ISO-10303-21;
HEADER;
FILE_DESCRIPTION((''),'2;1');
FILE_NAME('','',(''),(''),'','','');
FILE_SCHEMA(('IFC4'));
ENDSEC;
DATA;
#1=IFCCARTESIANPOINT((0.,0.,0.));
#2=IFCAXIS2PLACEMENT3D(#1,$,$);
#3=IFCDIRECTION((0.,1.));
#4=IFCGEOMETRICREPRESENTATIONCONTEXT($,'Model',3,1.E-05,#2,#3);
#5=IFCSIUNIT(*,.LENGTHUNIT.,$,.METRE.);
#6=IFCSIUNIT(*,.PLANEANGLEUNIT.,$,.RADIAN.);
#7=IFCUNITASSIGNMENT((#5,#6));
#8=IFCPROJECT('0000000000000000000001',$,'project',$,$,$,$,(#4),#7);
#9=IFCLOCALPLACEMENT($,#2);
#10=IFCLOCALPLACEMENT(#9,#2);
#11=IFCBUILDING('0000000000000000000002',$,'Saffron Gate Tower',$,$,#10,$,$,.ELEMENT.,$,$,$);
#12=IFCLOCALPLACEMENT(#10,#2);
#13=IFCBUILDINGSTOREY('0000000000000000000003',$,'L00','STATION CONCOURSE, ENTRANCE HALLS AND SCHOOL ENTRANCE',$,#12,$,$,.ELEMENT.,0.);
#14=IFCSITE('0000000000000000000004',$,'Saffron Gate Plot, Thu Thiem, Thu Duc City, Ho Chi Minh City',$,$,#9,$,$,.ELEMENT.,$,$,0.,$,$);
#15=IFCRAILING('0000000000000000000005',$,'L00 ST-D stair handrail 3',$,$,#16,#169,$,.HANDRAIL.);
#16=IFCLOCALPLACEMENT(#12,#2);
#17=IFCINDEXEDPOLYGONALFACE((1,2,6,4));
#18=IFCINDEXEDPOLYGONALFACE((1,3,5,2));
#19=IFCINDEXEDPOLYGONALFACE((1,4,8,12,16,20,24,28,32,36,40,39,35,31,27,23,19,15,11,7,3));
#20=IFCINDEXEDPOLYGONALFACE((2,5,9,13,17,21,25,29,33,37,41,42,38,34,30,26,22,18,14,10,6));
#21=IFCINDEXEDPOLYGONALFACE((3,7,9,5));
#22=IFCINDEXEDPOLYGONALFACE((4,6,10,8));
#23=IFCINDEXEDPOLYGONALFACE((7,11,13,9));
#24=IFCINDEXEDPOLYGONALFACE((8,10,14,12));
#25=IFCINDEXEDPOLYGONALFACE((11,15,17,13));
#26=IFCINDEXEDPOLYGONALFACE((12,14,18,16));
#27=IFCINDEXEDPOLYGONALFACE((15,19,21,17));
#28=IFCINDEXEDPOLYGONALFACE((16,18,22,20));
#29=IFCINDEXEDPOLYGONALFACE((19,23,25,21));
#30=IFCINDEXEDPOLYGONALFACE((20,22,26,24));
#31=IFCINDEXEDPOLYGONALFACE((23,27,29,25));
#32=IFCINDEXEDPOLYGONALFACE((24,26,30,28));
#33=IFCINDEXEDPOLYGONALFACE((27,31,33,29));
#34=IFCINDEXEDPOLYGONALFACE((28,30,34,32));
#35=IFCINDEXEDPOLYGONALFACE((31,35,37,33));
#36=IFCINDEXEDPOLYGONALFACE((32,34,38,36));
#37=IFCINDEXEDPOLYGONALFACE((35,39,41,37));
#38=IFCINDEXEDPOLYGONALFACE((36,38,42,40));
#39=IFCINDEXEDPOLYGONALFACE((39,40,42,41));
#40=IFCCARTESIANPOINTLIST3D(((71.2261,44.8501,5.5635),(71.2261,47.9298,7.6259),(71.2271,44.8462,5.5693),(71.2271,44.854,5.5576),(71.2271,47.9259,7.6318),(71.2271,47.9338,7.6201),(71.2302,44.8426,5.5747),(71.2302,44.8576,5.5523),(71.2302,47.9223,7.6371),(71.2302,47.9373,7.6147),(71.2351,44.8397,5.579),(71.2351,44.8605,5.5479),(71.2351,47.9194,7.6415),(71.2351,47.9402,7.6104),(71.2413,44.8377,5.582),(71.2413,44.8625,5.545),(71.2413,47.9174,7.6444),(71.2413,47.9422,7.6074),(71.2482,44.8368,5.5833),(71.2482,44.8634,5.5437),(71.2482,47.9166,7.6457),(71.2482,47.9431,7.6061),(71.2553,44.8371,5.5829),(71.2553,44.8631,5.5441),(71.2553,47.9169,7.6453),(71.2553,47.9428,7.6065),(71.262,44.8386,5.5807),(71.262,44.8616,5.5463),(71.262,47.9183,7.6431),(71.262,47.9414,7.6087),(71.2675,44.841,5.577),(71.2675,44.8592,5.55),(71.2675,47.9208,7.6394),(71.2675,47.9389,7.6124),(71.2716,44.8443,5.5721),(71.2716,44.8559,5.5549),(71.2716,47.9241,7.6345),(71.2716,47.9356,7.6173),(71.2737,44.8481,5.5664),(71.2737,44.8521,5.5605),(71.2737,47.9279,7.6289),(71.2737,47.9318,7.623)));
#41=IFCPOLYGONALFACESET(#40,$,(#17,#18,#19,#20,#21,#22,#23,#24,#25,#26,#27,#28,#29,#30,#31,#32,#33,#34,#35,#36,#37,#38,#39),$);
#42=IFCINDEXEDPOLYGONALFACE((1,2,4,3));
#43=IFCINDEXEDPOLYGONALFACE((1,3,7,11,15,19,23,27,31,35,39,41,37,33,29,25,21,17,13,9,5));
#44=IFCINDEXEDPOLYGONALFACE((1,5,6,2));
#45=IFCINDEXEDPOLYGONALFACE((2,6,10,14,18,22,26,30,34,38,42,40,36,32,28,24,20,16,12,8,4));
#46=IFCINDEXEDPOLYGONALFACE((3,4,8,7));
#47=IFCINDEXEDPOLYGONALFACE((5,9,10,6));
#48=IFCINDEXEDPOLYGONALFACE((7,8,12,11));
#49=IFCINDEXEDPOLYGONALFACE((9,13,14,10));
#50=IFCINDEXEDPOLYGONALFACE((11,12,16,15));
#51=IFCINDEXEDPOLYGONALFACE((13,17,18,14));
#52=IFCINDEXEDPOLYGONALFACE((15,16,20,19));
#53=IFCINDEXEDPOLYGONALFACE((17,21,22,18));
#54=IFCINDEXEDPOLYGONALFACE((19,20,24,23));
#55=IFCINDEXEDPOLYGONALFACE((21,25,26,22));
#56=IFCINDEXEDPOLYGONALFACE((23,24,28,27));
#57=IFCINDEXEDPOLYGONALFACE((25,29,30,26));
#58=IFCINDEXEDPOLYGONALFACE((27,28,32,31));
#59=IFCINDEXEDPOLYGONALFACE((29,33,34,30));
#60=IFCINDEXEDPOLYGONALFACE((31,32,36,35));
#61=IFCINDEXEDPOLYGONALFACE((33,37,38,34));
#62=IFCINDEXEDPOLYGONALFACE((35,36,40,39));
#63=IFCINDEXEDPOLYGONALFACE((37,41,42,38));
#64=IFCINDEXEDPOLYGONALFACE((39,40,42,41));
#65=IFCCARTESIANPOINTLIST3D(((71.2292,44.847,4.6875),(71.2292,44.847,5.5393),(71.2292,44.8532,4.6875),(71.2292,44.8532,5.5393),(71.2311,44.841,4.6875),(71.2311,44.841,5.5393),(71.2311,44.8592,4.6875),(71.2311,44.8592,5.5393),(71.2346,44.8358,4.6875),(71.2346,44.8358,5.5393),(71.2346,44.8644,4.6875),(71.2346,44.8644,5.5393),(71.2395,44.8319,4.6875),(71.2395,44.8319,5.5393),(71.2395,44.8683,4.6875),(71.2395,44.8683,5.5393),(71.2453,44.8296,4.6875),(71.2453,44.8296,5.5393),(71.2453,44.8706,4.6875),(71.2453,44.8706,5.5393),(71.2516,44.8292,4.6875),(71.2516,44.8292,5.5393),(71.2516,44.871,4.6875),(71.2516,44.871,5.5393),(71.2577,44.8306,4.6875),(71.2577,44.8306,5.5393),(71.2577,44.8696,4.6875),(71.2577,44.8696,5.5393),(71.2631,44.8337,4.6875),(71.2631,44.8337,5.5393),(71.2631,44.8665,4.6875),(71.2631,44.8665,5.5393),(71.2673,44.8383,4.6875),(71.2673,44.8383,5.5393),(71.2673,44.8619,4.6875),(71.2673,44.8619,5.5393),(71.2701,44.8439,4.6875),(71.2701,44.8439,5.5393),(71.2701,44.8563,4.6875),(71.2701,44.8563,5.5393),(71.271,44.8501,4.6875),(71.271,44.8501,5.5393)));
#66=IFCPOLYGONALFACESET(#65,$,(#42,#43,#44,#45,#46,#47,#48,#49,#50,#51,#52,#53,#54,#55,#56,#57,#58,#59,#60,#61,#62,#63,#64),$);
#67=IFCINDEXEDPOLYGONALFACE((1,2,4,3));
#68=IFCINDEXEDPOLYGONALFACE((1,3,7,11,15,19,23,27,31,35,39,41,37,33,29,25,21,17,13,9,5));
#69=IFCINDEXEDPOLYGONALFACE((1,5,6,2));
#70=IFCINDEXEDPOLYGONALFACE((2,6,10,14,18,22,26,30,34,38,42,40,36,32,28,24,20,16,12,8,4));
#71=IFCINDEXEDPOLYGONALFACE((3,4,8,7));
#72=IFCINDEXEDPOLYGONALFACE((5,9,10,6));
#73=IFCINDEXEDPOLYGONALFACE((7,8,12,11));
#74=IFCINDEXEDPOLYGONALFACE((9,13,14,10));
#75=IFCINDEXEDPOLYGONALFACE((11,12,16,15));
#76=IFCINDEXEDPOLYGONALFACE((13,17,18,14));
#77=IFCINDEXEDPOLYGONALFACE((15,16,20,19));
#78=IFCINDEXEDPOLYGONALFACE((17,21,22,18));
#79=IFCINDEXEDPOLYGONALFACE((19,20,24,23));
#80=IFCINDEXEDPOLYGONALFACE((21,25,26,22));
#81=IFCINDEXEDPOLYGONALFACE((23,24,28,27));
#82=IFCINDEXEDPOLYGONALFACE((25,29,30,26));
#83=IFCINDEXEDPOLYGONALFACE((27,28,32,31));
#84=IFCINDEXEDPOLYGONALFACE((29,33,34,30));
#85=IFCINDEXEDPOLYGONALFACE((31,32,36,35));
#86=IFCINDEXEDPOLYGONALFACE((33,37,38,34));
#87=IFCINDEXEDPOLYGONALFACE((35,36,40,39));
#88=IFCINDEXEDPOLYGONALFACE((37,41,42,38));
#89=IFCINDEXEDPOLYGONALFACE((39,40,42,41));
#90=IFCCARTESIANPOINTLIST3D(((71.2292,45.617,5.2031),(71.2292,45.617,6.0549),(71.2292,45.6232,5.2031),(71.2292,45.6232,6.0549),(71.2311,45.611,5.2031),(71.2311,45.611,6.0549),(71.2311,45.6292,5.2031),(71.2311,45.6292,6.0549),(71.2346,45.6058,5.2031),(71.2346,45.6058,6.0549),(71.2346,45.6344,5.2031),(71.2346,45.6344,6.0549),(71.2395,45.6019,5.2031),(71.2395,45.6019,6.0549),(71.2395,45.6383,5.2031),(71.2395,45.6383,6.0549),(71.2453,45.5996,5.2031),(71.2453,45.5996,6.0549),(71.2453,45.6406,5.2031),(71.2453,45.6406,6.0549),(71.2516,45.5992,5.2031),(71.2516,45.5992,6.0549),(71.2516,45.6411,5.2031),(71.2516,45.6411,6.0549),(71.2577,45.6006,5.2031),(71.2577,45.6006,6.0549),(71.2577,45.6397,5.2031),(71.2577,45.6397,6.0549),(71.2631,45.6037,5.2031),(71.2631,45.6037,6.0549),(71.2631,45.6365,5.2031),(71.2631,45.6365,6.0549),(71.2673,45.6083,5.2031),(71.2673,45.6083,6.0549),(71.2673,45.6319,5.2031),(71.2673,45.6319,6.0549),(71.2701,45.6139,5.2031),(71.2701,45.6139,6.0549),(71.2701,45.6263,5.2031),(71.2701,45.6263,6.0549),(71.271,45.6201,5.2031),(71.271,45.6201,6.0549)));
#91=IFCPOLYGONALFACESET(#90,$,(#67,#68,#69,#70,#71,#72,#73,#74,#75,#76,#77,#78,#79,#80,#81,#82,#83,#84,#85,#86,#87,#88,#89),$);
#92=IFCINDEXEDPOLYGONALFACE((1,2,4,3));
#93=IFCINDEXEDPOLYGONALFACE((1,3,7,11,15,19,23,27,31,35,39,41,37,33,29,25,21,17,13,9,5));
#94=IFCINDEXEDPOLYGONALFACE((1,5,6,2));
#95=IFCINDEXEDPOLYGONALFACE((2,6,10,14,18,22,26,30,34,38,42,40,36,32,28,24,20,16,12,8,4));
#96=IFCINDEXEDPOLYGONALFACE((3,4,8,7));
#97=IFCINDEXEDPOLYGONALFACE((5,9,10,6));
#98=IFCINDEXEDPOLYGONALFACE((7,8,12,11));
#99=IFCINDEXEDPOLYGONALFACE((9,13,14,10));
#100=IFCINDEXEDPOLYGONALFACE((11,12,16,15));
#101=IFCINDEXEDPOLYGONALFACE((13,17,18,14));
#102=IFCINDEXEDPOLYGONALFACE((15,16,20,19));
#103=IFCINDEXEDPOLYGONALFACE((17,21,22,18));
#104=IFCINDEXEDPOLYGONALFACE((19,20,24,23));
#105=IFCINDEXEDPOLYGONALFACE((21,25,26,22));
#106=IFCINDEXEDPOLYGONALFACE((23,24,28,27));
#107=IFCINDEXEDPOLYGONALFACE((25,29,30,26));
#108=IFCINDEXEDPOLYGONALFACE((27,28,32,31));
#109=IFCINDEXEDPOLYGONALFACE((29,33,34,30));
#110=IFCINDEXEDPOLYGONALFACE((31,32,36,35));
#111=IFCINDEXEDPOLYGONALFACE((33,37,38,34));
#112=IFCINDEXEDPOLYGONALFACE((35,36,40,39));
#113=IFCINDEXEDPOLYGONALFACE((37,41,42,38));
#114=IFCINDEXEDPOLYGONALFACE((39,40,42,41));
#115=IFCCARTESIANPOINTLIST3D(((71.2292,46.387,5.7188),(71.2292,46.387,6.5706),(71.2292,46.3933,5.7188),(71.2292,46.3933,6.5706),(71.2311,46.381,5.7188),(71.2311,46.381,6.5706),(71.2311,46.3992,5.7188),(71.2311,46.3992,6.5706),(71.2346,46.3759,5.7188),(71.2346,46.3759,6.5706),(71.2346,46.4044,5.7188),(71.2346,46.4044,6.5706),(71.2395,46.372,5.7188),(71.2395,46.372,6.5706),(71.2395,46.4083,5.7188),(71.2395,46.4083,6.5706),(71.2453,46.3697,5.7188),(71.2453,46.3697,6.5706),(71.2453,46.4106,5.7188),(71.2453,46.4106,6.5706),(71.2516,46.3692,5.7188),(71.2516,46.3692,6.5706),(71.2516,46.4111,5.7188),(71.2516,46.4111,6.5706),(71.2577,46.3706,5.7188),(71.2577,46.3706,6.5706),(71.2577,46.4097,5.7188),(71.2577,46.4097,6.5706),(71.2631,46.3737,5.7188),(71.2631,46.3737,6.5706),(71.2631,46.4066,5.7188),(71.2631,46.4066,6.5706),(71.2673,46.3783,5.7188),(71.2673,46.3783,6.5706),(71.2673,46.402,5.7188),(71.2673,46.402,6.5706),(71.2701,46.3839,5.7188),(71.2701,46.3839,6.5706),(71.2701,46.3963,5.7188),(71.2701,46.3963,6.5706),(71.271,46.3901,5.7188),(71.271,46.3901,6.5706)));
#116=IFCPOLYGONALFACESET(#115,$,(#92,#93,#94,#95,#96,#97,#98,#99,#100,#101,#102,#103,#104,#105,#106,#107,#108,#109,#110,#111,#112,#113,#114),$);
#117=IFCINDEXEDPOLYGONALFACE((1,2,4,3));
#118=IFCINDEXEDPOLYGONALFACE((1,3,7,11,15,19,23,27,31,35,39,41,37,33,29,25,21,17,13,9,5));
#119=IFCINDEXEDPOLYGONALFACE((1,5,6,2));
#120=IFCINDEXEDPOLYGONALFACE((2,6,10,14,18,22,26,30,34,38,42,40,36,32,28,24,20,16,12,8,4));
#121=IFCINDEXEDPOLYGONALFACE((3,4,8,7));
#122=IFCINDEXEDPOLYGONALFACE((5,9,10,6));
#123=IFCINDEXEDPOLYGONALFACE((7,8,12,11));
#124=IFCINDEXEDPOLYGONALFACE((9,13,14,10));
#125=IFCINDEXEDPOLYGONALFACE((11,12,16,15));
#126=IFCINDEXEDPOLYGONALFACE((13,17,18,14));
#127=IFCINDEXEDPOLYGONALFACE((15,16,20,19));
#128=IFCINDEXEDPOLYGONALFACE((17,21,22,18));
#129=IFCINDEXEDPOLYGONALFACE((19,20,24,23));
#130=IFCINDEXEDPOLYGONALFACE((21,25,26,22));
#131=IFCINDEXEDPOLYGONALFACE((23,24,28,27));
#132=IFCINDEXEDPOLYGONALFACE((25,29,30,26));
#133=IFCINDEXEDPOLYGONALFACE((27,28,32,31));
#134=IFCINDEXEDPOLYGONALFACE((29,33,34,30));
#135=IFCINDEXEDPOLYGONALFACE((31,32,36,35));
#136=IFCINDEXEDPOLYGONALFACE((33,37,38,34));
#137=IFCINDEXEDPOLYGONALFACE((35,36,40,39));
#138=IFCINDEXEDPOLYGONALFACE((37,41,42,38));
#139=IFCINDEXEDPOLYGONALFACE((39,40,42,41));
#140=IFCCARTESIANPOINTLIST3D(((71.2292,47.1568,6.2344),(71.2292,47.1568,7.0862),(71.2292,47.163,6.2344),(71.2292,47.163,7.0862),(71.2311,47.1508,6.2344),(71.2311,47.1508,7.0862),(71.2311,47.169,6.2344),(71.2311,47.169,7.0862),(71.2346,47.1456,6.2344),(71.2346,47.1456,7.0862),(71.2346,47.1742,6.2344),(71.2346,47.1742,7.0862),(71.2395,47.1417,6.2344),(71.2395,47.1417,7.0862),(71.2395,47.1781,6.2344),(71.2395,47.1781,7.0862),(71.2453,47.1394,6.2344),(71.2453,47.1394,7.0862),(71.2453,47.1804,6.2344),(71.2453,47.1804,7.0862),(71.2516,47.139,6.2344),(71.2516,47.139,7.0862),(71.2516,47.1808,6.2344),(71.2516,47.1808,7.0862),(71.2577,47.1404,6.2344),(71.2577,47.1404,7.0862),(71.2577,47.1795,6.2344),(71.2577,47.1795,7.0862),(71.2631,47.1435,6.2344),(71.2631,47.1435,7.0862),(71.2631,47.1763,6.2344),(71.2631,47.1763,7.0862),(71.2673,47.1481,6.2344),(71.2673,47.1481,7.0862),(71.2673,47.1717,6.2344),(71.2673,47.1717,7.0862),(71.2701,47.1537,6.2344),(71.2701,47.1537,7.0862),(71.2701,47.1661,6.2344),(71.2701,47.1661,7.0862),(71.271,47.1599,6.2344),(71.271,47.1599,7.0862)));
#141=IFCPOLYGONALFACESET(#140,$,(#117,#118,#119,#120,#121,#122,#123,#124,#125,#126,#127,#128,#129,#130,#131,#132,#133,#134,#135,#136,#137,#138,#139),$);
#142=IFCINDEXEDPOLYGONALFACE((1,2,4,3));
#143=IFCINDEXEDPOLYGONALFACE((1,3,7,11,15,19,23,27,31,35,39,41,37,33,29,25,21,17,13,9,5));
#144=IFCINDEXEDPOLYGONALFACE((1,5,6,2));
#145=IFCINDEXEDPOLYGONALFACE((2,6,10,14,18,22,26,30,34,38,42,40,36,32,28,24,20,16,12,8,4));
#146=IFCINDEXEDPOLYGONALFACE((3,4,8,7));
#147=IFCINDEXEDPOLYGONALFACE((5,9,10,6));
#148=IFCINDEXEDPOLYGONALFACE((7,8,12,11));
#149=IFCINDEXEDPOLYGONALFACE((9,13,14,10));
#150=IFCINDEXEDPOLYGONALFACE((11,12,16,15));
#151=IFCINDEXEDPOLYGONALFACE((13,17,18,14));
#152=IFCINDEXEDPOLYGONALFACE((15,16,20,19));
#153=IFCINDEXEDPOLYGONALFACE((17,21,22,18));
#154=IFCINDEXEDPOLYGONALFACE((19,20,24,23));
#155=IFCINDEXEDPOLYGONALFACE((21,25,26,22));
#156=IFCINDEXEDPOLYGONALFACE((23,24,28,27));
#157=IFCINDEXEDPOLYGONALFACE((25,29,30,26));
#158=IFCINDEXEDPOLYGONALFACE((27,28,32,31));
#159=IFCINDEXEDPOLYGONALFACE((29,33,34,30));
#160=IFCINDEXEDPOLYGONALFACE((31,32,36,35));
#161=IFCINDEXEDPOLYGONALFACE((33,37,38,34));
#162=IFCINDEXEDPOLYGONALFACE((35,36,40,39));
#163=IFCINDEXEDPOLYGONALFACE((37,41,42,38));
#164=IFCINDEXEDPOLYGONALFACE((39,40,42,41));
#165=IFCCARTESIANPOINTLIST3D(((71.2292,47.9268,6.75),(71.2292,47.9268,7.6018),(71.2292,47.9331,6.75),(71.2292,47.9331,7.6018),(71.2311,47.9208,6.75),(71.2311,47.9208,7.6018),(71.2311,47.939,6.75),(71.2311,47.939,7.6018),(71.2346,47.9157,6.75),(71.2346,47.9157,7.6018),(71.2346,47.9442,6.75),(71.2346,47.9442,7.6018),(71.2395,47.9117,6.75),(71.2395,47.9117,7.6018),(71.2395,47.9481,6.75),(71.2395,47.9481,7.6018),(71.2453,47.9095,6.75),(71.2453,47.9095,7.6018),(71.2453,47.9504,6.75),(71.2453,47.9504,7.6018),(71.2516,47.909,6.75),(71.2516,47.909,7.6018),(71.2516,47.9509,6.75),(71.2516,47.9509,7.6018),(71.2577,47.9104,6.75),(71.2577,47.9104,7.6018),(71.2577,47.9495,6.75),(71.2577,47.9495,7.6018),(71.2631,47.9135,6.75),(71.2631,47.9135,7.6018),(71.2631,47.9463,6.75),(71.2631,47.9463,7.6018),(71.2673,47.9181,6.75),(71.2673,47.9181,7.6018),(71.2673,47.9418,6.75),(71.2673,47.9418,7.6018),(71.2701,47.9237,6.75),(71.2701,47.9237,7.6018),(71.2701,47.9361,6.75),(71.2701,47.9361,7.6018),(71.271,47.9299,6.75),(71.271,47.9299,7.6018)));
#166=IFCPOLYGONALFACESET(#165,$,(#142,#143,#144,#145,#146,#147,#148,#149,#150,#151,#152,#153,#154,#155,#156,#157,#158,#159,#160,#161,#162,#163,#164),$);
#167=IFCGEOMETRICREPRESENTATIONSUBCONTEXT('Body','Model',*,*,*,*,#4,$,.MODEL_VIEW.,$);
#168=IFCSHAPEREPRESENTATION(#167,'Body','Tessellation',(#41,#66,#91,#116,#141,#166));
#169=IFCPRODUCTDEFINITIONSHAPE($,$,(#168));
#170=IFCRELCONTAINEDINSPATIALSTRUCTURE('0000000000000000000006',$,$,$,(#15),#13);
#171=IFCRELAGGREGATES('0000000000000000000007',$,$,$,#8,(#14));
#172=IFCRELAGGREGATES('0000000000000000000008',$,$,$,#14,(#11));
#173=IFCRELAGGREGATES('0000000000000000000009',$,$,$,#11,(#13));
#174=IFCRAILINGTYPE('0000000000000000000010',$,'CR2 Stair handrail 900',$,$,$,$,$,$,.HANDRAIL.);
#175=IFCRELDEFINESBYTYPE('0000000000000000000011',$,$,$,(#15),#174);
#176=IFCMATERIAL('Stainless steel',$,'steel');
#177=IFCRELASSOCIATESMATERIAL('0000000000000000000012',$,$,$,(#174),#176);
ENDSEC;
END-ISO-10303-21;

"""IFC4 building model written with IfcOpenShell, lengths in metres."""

from ifc_helpers import new_model, si_unit, direction, frame, origin, origin_2d, place, context, subcontext, project, spatial, circle, extrude, material, type_object, element, save


model = new_model("IFC4")

# Units and contexts
model_context = context("Model", 3, precision=1e-05, world=origin(), true_north=direction((0.0, 1.0)))
body_context = subcontext(model_context, "Body", "Model", "MODEL_VIEW")
ifc_project = project(units=[si_unit("LENGTHUNIT", "METRE"), si_unit("PLANEANGLEUNIT", "RADIAN")], contexts=[model_context])

# Site, building, storey
site_placement = place(None, origin())
site = spatial("IfcSite", under=ifc_project, at=site_placement, Name="Saffron Gate Plot, Thu Thiem, Thu Duc City, Ho Chi Minh City", CompositionType="ELEMENT", RefElevation=0.0)
building_placement = place(site_placement, origin())
building = spatial("IfcBuilding", under=site, at=building_placement, Name="Saffron Gate Tower", CompositionType="ELEMENT")
storey_placement = place(building_placement, origin())
storey = spatial("IfcBuildingStorey", under=building, at=storey_placement, Name="L00", Description="STATION CONCOURSE, ENTRANCE HALLS AND SCHOOL ENTRANCE", CompositionType="ELEMENT", Elevation=0.0)

# Railing
ifc_material_1 = material(Name="Stainless steel", Category="steel")
railing_type_1 = type_object("IfcRailingType", Name="CR2 Stair handrail 900", PredefinedType="HANDRAIL", material=ifc_material_1)
railing_1_placement = place(storey_placement, frame((71.25, 44.8501, 4.6875)))
element("IfcRailing", 1, at=railing_1_placement, inside=storey, type_object=railing_type_1, Name="L00 ST-D stair handrail 3", PredefinedType="HANDRAIL", context=body_context, shape_type="SweptSolid", body=[
    extrude(circle(Radius=0.0239, at=origin_2d()), frame((0.0, 0.0, 0.876), z_axis=(0.0, 0.830893, 0.556432), x_axis=(-1.0, 0.0, 0.0)), (0.0, 0.0, 1.0), 3.7065),
    extrude(circle(Radius=0.021, at=origin_2d()), origin(), (0.0, 0.0, 1.0), 0.8518),
    extrude(circle(Radius=0.021, at=origin_2d()), frame((0.0, 0.77, 0.5156)), (0.0, 0.0, 1.0), 0.8518),
    extrude(circle(Radius=0.021, at=origin_2d()), frame((0.0, 1.54, 1.0312)), (0.0, 0.0, 1.0), 0.8518),
    extrude(circle(Radius=0.021, at=origin_2d()), frame((0.0, 2.3098, 1.5469)), (0.0, 0.0, 1.0), 0.8518),
    extrude(circle(Radius=0.021, at=origin_2d()), frame((0.0, 3.0798, 2.0625)), (0.0, 0.0, 1.0), 0.8518),
])

save(model, "model.ifc")
